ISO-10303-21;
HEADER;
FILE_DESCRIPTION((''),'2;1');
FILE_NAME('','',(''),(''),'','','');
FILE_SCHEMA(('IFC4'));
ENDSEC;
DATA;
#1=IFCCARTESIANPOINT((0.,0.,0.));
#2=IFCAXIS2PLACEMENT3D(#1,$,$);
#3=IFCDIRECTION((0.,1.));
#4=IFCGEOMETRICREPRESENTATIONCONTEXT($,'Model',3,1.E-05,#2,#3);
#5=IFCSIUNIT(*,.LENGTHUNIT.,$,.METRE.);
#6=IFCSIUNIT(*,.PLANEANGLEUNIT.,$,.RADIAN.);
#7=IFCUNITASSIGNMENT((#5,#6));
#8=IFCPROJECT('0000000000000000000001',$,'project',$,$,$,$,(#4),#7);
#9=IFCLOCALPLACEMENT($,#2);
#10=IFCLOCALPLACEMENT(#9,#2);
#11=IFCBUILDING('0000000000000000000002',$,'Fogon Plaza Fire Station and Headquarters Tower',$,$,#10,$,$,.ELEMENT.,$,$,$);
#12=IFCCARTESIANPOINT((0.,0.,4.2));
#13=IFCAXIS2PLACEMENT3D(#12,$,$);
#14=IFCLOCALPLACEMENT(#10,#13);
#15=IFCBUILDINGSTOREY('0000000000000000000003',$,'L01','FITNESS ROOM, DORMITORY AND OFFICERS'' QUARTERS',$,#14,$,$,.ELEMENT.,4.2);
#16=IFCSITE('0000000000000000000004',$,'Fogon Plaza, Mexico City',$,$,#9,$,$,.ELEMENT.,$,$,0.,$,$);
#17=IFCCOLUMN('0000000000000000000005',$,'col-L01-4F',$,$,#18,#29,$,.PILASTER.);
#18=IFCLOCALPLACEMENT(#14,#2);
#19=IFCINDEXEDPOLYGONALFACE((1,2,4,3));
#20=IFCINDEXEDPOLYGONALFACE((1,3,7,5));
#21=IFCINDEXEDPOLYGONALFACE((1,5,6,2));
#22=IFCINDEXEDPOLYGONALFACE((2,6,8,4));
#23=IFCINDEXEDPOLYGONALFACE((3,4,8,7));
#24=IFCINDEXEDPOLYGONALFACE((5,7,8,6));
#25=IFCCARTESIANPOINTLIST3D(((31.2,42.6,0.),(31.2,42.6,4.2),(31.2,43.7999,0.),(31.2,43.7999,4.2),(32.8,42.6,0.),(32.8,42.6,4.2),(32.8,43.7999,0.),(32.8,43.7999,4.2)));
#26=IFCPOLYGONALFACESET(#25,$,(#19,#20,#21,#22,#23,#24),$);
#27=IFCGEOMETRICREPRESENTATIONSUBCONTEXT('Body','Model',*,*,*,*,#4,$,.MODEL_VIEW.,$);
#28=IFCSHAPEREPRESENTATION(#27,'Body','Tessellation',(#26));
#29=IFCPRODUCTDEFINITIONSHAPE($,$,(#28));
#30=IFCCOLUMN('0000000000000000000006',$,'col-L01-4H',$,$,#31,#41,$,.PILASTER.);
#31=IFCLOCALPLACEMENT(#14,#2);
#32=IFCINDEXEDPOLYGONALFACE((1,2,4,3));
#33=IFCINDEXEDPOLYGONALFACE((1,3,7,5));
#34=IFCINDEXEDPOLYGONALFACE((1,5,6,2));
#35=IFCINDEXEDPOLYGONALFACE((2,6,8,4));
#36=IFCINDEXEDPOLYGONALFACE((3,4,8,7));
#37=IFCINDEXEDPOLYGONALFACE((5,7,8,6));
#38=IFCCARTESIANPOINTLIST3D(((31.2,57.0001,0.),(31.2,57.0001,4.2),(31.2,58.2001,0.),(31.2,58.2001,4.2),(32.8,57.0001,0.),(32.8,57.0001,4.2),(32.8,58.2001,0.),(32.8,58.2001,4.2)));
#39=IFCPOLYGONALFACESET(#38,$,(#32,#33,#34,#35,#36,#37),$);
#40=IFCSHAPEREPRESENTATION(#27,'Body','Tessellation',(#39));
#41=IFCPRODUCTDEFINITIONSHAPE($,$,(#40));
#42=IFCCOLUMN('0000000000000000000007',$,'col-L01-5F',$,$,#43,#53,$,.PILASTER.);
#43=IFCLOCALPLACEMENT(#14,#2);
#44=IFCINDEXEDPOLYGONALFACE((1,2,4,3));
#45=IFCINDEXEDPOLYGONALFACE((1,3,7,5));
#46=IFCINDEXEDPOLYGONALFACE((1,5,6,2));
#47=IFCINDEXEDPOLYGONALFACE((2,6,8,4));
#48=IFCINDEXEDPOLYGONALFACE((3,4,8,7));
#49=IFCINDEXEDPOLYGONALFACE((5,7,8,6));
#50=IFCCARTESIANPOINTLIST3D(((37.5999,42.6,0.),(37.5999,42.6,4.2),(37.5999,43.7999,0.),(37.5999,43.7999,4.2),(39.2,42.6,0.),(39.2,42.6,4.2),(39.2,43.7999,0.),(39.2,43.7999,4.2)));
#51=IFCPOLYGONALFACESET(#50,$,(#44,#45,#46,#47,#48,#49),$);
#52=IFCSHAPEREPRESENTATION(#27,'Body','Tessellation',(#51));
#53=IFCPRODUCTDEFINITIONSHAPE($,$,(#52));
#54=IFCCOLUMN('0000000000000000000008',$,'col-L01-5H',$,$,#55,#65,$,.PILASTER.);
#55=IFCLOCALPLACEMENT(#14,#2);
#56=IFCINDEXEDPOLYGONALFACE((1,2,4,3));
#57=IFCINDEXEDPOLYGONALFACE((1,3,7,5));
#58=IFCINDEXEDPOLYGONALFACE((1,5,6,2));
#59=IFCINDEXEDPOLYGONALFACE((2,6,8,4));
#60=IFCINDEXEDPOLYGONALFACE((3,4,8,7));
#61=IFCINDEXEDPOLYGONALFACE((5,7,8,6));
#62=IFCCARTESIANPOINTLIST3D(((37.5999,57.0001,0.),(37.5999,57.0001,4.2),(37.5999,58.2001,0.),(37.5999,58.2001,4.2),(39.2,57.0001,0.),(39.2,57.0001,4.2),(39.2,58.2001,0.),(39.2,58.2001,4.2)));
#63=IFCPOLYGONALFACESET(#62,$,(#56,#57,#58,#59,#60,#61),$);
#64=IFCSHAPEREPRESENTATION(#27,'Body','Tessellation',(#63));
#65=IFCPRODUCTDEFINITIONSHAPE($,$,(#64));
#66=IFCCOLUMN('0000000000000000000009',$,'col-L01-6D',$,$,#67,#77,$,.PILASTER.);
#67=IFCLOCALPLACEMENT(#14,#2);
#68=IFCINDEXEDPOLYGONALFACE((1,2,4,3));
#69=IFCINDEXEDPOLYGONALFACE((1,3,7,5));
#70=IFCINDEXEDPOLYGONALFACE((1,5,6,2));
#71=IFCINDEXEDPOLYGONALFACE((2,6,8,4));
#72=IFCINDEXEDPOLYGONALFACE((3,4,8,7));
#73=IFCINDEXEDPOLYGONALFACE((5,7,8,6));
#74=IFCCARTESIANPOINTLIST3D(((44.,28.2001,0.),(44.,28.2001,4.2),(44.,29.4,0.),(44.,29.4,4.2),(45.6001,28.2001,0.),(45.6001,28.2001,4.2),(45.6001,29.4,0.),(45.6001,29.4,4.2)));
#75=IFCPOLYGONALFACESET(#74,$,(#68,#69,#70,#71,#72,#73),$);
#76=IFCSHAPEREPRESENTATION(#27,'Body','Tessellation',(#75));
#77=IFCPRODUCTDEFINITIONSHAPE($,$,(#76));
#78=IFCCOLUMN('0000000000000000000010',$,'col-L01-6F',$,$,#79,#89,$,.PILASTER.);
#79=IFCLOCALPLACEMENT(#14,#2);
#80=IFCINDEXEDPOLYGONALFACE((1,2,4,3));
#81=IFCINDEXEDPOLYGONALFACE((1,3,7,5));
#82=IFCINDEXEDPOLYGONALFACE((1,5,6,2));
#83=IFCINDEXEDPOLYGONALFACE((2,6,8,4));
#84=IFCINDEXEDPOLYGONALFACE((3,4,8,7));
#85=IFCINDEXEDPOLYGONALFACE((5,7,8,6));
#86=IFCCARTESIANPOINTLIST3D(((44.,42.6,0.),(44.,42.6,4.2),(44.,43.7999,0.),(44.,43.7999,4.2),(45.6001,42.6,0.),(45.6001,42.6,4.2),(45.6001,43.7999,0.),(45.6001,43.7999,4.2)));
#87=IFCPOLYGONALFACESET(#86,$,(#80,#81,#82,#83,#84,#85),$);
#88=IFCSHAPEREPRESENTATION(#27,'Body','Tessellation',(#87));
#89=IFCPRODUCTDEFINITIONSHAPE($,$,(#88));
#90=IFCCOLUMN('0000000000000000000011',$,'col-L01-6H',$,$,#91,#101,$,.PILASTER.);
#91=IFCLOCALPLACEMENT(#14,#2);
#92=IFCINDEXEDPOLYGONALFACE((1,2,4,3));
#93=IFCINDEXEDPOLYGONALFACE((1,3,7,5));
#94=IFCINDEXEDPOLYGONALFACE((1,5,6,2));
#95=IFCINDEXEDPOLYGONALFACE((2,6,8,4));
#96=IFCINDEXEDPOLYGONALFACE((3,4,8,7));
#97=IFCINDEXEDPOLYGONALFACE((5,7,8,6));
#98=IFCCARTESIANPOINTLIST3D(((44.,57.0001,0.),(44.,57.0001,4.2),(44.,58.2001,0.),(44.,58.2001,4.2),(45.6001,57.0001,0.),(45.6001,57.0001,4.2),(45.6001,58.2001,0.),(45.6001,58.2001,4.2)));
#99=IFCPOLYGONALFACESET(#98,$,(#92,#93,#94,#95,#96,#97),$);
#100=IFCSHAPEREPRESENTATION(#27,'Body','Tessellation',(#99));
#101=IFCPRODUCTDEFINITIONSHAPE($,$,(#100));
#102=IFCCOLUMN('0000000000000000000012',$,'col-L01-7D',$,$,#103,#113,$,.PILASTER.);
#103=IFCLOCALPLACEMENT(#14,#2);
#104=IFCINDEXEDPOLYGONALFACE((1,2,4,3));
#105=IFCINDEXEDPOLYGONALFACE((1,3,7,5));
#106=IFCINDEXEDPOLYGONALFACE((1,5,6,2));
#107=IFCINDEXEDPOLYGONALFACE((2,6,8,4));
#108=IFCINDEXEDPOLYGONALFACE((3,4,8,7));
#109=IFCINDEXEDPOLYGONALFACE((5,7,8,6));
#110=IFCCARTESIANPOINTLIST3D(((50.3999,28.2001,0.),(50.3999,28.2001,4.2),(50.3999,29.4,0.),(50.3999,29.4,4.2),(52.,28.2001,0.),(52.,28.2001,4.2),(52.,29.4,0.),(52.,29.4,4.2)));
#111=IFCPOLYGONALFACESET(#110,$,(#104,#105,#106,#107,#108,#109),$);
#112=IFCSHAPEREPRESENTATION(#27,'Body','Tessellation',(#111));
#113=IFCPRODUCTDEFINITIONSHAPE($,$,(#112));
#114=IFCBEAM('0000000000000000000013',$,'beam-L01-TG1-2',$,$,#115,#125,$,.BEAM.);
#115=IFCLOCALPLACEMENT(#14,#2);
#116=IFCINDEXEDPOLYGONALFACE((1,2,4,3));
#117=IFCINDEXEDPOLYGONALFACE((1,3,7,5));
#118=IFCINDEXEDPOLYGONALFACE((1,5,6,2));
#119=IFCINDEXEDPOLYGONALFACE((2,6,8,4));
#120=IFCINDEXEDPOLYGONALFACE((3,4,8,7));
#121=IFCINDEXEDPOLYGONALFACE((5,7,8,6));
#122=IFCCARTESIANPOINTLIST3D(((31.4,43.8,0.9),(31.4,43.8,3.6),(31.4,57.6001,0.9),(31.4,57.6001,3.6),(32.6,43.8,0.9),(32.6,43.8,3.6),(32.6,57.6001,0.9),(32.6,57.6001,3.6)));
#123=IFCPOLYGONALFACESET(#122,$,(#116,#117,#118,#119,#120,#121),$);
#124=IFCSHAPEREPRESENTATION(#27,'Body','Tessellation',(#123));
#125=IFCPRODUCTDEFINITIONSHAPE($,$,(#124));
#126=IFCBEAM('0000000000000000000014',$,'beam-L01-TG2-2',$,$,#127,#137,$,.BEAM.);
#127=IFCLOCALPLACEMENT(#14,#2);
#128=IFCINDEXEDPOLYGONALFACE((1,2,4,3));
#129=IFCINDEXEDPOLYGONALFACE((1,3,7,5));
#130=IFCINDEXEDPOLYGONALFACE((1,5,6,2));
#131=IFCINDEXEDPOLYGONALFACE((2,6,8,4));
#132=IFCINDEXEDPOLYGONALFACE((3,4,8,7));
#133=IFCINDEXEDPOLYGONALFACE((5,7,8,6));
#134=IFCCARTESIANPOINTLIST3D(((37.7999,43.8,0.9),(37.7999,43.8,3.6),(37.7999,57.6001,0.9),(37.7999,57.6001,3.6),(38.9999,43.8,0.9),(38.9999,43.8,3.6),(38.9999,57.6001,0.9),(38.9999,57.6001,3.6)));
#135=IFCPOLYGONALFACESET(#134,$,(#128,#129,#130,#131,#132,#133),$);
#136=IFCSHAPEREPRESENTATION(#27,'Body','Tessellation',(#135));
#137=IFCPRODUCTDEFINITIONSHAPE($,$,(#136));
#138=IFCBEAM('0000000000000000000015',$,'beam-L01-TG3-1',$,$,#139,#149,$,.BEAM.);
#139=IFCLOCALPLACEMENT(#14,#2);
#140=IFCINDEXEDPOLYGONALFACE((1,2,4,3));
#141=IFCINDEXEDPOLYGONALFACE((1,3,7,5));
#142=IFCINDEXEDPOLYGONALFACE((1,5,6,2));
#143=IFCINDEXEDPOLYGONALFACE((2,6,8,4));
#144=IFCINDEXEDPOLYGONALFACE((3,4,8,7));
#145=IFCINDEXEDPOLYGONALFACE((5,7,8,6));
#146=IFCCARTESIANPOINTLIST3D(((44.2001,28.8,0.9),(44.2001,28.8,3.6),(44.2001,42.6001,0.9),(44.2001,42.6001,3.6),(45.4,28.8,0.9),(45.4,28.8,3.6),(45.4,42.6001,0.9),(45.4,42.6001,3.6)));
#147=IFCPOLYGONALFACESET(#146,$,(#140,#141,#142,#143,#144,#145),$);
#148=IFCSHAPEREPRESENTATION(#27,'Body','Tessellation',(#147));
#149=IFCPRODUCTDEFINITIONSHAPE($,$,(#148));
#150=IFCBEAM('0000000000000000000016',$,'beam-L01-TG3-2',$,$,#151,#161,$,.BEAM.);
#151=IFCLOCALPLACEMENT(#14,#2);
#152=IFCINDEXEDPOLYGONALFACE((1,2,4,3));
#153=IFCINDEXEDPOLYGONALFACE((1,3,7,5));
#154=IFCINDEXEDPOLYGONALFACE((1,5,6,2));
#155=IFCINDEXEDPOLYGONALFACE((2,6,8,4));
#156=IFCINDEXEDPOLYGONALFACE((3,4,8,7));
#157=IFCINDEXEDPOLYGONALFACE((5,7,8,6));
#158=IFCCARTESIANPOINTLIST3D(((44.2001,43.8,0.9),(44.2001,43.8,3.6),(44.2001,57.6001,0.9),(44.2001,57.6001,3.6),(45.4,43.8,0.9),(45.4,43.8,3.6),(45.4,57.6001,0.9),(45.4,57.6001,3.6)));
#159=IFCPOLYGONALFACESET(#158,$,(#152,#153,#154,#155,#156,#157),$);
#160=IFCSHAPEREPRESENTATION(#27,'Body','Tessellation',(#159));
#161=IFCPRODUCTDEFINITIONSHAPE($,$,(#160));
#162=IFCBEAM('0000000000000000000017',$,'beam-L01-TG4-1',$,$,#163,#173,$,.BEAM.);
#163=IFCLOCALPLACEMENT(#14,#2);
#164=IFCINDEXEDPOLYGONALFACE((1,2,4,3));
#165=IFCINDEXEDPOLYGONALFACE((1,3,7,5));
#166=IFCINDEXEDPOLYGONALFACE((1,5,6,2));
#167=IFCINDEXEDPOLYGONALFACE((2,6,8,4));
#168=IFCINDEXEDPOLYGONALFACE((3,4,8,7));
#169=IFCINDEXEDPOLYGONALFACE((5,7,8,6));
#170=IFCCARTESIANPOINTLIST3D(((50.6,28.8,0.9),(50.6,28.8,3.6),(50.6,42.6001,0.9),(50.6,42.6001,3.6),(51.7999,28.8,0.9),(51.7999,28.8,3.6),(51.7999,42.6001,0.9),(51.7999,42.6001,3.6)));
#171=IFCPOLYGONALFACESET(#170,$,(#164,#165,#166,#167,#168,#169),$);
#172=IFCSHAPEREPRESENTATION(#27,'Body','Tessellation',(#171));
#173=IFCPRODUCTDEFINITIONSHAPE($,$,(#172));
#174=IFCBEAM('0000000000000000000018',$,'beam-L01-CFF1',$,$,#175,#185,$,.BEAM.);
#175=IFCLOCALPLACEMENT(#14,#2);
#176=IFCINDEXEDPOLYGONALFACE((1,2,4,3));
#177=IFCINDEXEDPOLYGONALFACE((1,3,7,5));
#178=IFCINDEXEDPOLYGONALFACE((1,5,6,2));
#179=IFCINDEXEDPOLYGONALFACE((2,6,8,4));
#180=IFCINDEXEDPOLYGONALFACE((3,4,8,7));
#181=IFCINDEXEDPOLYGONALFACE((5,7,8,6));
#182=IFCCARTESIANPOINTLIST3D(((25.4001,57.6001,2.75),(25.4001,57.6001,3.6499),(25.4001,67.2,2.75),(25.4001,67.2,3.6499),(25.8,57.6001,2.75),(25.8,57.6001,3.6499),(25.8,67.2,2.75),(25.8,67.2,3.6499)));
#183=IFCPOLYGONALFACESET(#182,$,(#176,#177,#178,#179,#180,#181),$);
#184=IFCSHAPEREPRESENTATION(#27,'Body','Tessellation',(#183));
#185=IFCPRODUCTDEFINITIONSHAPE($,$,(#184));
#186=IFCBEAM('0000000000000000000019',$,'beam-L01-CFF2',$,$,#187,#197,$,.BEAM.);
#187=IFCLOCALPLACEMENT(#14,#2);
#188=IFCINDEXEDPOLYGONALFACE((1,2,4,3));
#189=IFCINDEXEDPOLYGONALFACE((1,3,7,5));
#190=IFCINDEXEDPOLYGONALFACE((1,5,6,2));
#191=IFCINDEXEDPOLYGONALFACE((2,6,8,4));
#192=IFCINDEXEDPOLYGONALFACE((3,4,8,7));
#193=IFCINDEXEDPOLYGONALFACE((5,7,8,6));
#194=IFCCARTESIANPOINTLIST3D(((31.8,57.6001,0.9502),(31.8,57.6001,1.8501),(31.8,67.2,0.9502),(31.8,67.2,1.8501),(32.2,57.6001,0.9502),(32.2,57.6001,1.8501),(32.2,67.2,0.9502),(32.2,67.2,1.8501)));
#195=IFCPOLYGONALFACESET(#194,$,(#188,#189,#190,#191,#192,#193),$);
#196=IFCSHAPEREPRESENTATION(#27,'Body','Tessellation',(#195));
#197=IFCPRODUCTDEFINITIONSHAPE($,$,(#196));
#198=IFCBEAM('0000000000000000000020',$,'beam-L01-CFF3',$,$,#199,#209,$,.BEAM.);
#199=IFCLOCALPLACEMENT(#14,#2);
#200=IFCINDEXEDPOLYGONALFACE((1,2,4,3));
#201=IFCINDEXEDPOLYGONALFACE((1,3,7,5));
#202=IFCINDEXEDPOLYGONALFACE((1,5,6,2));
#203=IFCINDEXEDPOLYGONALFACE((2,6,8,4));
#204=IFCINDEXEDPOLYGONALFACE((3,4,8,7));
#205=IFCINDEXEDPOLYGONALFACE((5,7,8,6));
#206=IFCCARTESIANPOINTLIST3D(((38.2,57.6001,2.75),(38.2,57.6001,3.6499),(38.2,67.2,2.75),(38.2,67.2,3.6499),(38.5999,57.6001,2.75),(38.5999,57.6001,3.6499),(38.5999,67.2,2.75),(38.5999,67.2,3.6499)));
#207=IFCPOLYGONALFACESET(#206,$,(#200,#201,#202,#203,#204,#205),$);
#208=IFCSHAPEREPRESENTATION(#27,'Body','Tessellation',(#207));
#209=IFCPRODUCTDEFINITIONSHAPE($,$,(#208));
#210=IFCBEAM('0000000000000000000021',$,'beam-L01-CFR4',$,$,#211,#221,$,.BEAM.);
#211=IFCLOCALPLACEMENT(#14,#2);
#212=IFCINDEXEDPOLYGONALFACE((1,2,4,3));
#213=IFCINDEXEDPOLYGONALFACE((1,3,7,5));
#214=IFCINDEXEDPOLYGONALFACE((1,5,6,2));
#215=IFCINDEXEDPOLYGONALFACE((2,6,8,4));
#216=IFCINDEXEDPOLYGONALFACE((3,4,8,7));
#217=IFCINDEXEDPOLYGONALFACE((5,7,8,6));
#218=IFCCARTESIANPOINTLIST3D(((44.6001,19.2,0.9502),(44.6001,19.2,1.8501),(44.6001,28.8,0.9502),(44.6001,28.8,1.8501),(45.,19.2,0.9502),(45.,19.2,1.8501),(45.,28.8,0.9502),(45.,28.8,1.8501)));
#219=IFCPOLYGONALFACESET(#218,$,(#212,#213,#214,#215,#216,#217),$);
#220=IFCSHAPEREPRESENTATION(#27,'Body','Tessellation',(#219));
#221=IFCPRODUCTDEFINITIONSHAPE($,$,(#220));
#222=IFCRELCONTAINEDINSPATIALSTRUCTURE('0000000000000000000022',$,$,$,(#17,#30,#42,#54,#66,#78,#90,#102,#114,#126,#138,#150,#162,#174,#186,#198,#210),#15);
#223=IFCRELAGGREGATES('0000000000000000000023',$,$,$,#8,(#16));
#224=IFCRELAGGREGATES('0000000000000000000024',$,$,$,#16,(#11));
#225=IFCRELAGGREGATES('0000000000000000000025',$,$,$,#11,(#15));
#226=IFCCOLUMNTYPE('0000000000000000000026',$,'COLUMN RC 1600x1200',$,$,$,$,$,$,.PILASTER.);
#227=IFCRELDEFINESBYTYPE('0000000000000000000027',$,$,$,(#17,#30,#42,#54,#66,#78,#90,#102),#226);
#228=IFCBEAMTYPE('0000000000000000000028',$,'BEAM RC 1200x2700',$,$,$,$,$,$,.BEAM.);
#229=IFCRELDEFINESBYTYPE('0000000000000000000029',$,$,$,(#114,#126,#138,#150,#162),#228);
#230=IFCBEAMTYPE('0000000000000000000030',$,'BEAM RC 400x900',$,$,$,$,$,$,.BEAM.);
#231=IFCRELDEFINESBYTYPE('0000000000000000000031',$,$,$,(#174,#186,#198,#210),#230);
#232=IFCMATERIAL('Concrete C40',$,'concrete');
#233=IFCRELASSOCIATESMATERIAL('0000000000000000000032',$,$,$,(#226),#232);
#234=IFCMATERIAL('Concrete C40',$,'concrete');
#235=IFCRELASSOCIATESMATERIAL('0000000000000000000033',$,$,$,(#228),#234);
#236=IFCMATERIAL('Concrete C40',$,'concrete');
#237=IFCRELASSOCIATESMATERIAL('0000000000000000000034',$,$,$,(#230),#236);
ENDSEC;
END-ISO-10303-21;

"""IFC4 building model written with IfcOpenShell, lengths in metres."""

from ifc_helpers import new_model, si_unit, direction, frame, origin, origin_2d, place, context, subcontext, project, spatial, rectangle, extrude, material, material_profile, profile_set, type_object, element, save


model = new_model("IFC4")

# Units and contexts
model_context = context("Model", 3, precision=1e-05, world=origin(), true_north=direction((0.0, 1.0)))
body_context = subcontext(model_context, "Body", "Model", "MODEL_VIEW")
ifc_project = project(units=[si_unit("LENGTHUNIT", "METRE"), si_unit("PLANEANGLEUNIT", "RADIAN")], contexts=[model_context])

# Site, building, storey
site_placement = place(None, origin())
site = spatial("IfcSite", under=ifc_project, at=site_placement, Name="Fogon Plaza, Mexico City", CompositionType="ELEMENT", RefElevation=0.0)
building_placement = place(site_placement, origin())
building = spatial("IfcBuilding", under=site, at=building_placement, Name="Fogon Plaza Fire Station and Headquarters Tower", CompositionType="ELEMENT")
storey_placement = place(building_placement, frame((0.0, 0.0, 4.2)))
storey = spatial("IfcBuildingStorey", under=building, at=storey_placement, Name="L01", Description="FITNESS ROOM, DORMITORY AND OFFICERS' QUARTERS", CompositionType="ELEMENT", Elevation=4.2)

# Columns
ifc_material_1 = material(Name="Concrete C40", Category="concrete")
ifc_material_profile_1 = material_profile(ifc_material_1, rectangle(XDim=1.6001, YDim=1.2, at=origin_2d()), Name="RC 1600x1200")
ifc_profile_set_1 = profile_set([ifc_material_profile_1], Name="Concrete C40")
column_type = type_object("IfcColumnType", Name="COLUMN RC 1600x1200", PredefinedType="PILASTER", material=ifc_profile_set_1)
for number, where, z_axis, x_axis, name in (
    (1, (32.0, 43.2, 0.0), (0.0, 0.0, 1.0), (1.0, 0.0, 0.0), "col-L01-4F"),
    (2, (32.0, 57.6001, 0.0), (0.0, 0.0, 1.0), (1.0, 0.0, 0.0), "col-L01-4H"),
    (3, (38.3999, 43.2, 0.0), (0.0, 0.0, 1.0), (1.0, 0.0, 0.0), "col-L01-5F"),
    (4, (38.3999, 57.6001, 0.0), (0.0, 0.0, 1.0), (1.0, 0.0, 0.0), "col-L01-5H"),
    (5, (44.8, 28.8, 0.0), (0.0, 0.0, 1.0), (1.0, 0.0, 0.0), "col-L01-6D"),
    (6, (44.8, 43.2, 0.0), (0.0, 0.0, 1.0), (1.0, 0.0, 0.0), "col-L01-6F"),
    (7, (44.8, 57.6001, 0.0), (0.0, 0.0, 1.0), (1.0, 0.0, 0.0), "col-L01-6H"),
    (8, (51.2, 28.8, 0.0), (0.0, 0.0, 1.0), (1.0, 0.0, 0.0), "col-L01-7D"),
):
    element("IfcColumn", number, at=place(storey_placement, frame(where, z_axis=z_axis, x_axis=x_axis)), inside=storey, type_object=column_type, Name=name, PredefinedType="PILASTER", context=body_context, shape_type="SweptSolid", body=[
        extrude(rectangle(XDim=1.6001, YDim=1.2, at=origin_2d()), origin(), (0.0, 0.0, 1.0), 4.2),
    ])

# Beams
ifc_material_2 = material(Name="Concrete C40", Category="concrete")
ifc_material_profile_2 = material_profile(ifc_material_2, rectangle(XDim=1.2, YDim=2.7, at=origin_2d()), Name="RC 1200x2700")
ifc_profile_set_2 = profile_set([ifc_material_profile_2], Name="Concrete C40")
beam_type_1 = type_object("IfcBeamType", Name="BEAM RC 1200x2700", PredefinedType="BEAM", material=ifc_profile_set_2)
for number, where, z_axis, x_axis, name in (
    (9, (32.0, 43.8, 2.25), (0.0, 1.0, 0.0), (-1.0, 0.0, 0.0), "beam-L01-TG1-2"),
    (10, (38.3999, 43.8, 2.25), (0.0, 1.0, 0.0), (-1.0, 0.0, 0.0), "beam-L01-TG2-2"),
    (11, (44.8, 28.8, 2.25), (0.0, 1.0, 0.0), (-1.0, 0.0, 0.0), "beam-L01-TG3-1"),
    (12, (44.8, 43.8, 2.25), (0.0, 1.0, 0.0), (-1.0, 0.0, 0.0), "beam-L01-TG3-2"),
    (13, (51.2, 28.8, 2.25), (0.0, 1.0, 0.0), (-1.0, 0.0, 0.0), "beam-L01-TG4-1"),
):
    element("IfcBeam", number, at=place(storey_placement, frame(where, z_axis=z_axis, x_axis=x_axis)), inside=storey, type_object=beam_type_1, Name=name, PredefinedType="BEAM", context=body_context, shape_type="SweptSolid", body=[
        extrude(rectangle(XDim=1.2, YDim=2.7, at=origin_2d()), origin(), (0.0, 0.0, 1.0), 13.8),
    ])
ifc_material_3 = material(Name="Concrete C40", Category="concrete")
ifc_material_profile_3 = material_profile(ifc_material_3, rectangle(XDim=0.3999, YDim=0.8999, at=origin_2d()), Name="RC 400x900")
ifc_profile_set_3 = profile_set([ifc_material_profile_3], Name="Concrete C40")
beam_type_2 = type_object("IfcBeamType", Name="BEAM RC 400x900", PredefinedType="BEAM", material=ifc_profile_set_3)
for number, where, z_axis, x_axis, name in (
    (14, (25.6001, 57.6001, 3.2), (0.0, 1.0, 0.0), (-1.0, 0.0, 0.0), "beam-L01-CFF1"),
    (15, (32.0, 57.6001, 1.4001), (0.0, 1.0, 0.0), (-1.0, 0.0, 0.0), "beam-L01-CFF2"),
    (16, (38.3999, 57.6001, 3.2), (0.0, 1.0, 0.0), (-1.0, 0.0, 0.0), "beam-L01-CFF3"),
):
    element("IfcBeam", number, at=place(storey_placement, frame(where, z_axis=z_axis, x_axis=x_axis)), inside=storey, type_object=beam_type_2, Name=name, PredefinedType="BEAM", context=body_context, shape_type="SweptSolid", body=[
        extrude(rectangle(XDim=0.3999, YDim=0.8999, at=origin_2d()), origin(), (0.0, 0.0, 1.0), 9.5999),
    ])
beam_1_placement = place(storey_placement, frame((44.8, 28.8, 1.4001), z_axis=(0.0, -1.0, 0.0), x_axis=(1.0, 0.0, 0.0)))
element("IfcBeam", 17, at=beam_1_placement, inside=storey, type_object=beam_type_2, Name="beam-L01-CFR4", PredefinedType="BEAM", context=body_context, shape_type="SweptSolid", body=[
    extrude(rectangle(XDim=0.3999, YDim=0.8999, at=origin_2d()), origin(), (0.0, 0.0, 1.0), 9.6001),
])

save(model, "model.ifc")
